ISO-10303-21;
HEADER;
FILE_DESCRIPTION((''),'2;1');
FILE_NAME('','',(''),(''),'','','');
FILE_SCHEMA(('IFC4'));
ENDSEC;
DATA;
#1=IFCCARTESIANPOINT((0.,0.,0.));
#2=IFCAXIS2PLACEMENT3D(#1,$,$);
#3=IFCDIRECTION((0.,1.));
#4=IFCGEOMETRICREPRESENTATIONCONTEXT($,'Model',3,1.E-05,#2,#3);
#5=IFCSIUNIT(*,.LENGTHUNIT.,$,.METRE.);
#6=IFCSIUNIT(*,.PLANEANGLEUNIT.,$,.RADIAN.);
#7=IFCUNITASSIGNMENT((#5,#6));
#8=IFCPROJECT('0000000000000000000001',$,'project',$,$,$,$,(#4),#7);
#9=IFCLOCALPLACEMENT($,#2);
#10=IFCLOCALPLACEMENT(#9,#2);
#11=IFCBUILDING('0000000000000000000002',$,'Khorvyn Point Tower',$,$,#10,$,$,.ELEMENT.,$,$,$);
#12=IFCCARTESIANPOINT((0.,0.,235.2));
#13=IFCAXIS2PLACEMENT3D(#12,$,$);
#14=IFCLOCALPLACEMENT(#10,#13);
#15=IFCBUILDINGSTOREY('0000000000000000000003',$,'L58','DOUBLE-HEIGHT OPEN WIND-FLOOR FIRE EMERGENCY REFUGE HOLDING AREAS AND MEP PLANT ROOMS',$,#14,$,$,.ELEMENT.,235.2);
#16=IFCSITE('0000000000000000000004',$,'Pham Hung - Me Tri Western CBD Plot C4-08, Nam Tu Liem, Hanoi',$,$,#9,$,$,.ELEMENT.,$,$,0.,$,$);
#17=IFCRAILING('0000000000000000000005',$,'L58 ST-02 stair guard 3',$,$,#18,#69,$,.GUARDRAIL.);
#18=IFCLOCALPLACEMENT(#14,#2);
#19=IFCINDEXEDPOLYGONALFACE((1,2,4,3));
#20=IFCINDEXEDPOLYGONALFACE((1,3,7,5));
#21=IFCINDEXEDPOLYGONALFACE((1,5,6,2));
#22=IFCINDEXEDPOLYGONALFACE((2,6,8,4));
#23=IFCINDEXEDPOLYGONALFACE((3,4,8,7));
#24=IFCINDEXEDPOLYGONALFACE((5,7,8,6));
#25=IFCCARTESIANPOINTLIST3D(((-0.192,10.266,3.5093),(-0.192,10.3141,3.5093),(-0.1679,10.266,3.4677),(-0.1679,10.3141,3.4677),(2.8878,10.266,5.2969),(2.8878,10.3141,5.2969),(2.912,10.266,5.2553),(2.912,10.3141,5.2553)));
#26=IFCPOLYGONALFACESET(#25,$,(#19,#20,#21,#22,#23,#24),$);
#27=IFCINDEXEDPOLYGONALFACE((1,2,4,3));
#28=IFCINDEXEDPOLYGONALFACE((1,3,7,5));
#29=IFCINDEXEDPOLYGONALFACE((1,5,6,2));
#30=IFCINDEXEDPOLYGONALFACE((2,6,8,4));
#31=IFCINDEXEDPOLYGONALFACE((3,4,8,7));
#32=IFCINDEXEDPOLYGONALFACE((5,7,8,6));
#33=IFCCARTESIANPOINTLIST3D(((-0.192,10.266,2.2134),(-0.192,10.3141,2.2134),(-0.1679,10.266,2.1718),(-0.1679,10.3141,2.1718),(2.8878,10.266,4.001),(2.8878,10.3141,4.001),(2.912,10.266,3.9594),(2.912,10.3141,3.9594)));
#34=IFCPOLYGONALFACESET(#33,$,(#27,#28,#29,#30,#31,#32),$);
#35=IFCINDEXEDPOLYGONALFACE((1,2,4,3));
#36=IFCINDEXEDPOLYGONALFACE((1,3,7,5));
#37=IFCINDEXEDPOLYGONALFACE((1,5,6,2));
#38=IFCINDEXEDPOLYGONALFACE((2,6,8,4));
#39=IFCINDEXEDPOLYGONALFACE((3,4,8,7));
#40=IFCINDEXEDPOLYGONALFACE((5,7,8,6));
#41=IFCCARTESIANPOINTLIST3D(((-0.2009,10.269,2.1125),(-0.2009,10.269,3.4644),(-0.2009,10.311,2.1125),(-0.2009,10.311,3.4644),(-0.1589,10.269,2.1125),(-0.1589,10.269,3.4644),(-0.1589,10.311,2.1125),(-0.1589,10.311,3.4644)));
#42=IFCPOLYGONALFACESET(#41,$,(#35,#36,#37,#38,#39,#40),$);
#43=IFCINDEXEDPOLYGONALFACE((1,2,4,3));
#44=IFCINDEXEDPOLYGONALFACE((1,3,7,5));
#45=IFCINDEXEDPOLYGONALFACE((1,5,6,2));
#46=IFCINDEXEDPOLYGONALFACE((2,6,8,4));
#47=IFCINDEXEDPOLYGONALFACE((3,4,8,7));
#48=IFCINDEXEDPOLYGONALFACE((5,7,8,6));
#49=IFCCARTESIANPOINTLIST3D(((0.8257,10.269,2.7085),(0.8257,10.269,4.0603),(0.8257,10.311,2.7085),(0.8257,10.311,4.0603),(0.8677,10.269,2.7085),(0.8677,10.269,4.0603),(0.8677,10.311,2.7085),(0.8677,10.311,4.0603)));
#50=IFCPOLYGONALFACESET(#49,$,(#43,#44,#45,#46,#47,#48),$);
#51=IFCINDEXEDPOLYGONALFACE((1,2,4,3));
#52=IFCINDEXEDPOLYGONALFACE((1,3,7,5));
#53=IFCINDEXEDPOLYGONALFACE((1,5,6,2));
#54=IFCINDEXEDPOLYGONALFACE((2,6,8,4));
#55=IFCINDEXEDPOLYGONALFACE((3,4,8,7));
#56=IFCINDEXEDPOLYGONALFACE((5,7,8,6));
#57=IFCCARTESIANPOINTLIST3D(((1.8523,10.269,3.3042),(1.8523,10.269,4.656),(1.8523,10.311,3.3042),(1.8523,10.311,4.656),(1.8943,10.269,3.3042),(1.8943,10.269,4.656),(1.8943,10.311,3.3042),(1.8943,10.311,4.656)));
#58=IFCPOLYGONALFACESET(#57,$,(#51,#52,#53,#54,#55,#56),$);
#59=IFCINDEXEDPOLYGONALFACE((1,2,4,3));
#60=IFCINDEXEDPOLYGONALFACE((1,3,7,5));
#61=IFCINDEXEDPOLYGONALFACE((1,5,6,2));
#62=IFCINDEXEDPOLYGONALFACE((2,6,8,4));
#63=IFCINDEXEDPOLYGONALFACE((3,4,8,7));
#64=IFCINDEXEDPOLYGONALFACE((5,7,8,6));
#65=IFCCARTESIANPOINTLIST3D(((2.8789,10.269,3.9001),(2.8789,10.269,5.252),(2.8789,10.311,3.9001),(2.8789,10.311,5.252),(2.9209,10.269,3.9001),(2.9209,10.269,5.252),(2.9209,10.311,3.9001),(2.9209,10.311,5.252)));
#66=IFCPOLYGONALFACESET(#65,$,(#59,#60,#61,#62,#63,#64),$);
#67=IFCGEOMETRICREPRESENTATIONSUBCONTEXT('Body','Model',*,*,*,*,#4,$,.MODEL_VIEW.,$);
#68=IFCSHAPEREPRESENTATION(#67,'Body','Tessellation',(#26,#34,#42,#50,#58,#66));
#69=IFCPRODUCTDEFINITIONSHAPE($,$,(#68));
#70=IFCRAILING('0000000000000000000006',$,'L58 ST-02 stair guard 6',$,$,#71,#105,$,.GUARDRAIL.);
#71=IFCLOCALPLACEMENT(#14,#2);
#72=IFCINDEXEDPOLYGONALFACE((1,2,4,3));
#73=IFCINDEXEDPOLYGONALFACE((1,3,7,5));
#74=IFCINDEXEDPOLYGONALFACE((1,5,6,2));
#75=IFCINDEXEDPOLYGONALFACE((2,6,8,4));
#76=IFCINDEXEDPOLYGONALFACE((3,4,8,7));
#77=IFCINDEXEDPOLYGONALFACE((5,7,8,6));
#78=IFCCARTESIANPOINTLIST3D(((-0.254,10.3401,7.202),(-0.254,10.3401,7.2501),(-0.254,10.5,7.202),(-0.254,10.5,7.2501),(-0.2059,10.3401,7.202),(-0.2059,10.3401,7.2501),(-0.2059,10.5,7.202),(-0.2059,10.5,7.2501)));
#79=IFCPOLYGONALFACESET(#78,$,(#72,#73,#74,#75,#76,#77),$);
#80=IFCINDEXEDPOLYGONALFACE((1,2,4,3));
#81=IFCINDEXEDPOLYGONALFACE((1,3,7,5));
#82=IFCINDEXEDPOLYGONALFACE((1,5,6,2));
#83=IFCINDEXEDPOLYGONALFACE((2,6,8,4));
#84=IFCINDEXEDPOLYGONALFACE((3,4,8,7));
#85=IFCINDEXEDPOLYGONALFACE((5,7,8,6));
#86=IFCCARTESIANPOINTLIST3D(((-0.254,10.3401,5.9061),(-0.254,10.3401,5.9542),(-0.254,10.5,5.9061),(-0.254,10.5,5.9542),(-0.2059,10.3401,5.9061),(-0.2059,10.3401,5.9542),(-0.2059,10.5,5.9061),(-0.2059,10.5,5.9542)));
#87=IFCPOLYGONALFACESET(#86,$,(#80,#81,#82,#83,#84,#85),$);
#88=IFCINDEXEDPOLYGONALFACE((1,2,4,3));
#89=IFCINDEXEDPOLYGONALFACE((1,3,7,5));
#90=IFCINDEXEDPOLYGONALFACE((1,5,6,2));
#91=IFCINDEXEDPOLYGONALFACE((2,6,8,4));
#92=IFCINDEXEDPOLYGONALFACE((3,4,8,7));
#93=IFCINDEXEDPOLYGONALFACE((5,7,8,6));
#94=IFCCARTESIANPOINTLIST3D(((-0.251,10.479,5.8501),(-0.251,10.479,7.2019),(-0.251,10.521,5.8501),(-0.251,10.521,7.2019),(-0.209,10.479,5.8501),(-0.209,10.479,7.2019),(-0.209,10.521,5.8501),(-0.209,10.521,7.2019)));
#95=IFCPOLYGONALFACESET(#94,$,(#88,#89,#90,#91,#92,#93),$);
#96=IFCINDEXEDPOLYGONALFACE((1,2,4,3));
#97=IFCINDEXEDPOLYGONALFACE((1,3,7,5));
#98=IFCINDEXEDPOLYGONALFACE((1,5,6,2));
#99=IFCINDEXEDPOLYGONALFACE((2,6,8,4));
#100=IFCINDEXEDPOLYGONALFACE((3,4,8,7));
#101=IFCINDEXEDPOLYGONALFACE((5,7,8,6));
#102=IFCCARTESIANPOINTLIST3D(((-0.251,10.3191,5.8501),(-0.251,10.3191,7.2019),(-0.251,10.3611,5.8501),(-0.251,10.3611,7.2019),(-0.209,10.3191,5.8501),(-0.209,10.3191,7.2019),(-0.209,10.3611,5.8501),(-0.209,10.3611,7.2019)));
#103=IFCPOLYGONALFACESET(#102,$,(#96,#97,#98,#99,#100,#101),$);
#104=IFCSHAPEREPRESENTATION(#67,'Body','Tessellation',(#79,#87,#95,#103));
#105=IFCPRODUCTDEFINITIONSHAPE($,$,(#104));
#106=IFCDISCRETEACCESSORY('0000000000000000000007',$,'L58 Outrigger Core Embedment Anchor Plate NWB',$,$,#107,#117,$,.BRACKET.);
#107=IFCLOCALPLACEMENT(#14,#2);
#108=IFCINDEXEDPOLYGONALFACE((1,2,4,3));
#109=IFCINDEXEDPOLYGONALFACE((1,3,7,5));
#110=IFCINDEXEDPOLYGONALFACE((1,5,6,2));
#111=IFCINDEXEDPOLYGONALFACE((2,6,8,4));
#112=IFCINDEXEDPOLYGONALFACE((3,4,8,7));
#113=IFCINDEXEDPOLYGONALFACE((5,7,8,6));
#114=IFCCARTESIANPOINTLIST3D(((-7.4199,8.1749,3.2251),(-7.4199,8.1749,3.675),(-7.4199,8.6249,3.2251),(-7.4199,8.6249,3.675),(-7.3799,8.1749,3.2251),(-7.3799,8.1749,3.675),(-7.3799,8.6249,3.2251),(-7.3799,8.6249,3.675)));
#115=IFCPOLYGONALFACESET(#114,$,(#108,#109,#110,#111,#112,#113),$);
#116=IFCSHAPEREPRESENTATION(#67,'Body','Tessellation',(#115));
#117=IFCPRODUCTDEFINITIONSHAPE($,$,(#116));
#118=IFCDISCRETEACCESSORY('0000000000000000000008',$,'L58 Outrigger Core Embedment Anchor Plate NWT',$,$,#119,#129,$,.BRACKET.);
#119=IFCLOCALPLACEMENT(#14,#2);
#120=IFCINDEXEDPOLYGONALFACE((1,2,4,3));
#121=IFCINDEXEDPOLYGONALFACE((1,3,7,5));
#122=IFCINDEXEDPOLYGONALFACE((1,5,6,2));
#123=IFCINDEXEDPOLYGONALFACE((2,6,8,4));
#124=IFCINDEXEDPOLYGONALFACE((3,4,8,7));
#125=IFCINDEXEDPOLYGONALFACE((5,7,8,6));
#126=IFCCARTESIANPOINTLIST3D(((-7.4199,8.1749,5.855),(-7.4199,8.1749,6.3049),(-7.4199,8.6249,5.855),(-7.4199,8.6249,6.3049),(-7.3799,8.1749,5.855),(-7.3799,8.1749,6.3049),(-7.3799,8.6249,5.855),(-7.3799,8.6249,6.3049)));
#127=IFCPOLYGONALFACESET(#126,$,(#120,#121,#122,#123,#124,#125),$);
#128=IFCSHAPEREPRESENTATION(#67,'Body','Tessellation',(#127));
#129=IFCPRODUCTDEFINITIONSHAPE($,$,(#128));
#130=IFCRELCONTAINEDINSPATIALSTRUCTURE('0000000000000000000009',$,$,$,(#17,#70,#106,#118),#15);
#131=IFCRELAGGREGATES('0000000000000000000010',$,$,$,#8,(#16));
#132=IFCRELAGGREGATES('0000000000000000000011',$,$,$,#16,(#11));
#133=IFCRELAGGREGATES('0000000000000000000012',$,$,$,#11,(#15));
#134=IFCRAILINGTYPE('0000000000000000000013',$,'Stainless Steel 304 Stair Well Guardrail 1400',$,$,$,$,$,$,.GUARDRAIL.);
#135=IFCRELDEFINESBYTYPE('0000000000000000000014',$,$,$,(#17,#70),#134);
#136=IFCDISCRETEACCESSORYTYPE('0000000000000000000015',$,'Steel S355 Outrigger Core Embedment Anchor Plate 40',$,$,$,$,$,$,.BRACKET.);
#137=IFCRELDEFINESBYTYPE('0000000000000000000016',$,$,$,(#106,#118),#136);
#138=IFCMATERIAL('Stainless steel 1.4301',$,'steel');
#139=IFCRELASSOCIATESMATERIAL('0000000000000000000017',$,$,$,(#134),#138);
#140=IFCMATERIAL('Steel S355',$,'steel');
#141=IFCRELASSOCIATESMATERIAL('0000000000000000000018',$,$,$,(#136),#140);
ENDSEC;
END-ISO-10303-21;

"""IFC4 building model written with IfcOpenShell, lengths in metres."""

from ifc_helpers import new_model, si_unit, direction, frame, origin, origin_2d, place, context, subcontext, project, spatial, rectangle, extrude, material, type_object, element, save


model = new_model("IFC4")

# Units and contexts
model_context = context("Model", 3, precision=1e-05, world=origin(), true_north=direction((0.0, 1.0)))
body_context = subcontext(model_context, "Body", "Model", "MODEL_VIEW")
ifc_project = project(units=[si_unit("LENGTHUNIT", "METRE"), si_unit("PLANEANGLEUNIT", "RADIAN")], contexts=[model_context])

# Site, building, storey
site_placement = place(None, origin())
site = spatial("IfcSite", under=ifc_project, at=site_placement, Name="Pham Hung - Me Tri Western CBD Plot C4-08, Nam Tu Liem, Hanoi", CompositionType="ELEMENT", RefElevation=0.0)
building_placement = place(site_placement, origin())
building = spatial("IfcBuilding", under=site, at=building_placement, Name="Khorvyn Point Tower", CompositionType="ELEMENT")
storey_placement = place(building_placement, frame((0.0, 0.0, 235.2)))
storey = spatial("IfcBuildingStorey", under=building, at=storey_placement, Name="L58", Description="DOUBLE-HEIGHT OPEN WIND-FLOOR FIRE EMERGENCY REFUGE HOLDING AREAS AND MEP PLANT ROOMS", CompositionType="ELEMENT", Elevation=235.2)

# Shared definitions
ifc_material_1 = material(Name="Steel S355", Category="steel")

# Railings
ifc_material_2 = material(Name="Stainless steel 1.4301", Category="steel")
railing_type_1 = type_object("IfcRailingType", Name="Stainless Steel 304 Stair Well Guardrail 1400", PredefinedType="GUARDRAIL", material=ifc_material_2)
railing_1_placement = place(storey_placement, frame((-0.1799, 10.29, 2.1125)))
element("IfcRailing", 1, at=railing_1_placement, inside=storey, type_object=railing_type_1, Name="L58 ST-02 stair guard 3", PredefinedType="GUARDRAIL", context=body_context, shape_type="SweptSolid", body=[
    extrude(rectangle(XDim=0.0481, YDim=0.0481, at=origin_2d()), frame((0.0, 0.0, 1.376), z_axis=(0.864873, 0.0, 0.50199), x_axis=(0.0, 1.0, 0.0)), (0.0, 0.0, 1.0), 3.561),
    extrude(rectangle(XDim=0.0481, YDim=0.0481, at=origin_2d()), frame((0.0, 0.0, 0.0801), z_axis=(0.864873, 0.0, 0.50199), x_axis=(0.0, 1.0, 0.0)), (0.0, 0.0, 1.0), 3.561),
    extrude(rectangle(XDim=0.042, YDim=0.042, at=origin_2d()), origin(), (0.0, 0.0, 1.0), 1.3518),
    extrude(rectangle(XDim=0.042, YDim=0.042, at=origin_2d()), frame((1.0266, 0.0, 0.5959)), (0.0, 0.0, 1.0), 1.3518),
    extrude(rectangle(XDim=0.042, YDim=0.042, at=origin_2d()), frame((2.0532, 0.0, 1.1917)), (0.0, 0.0, 1.0), 1.3518),
    extrude(rectangle(XDim=0.042, YDim=0.042, at=origin_2d()), frame((3.0798, 0.0, 1.7876)), (0.0, 0.0, 1.0), 1.3518),
])
railing_2_placement = place(storey_placement, frame((-0.23, 10.5, 5.8501)))
element("IfcRailing", 2, at=railing_2_placement, inside=storey, type_object=railing_type_1, Name="L58 ST-02 stair guard 6", PredefinedType="GUARDRAIL", context=body_context, shape_type="SweptSolid", body=[
    extrude(rectangle(XDim=0.0481, YDim=0.0481, at=origin_2d()), frame((0.0, 0.0, 1.376), z_axis=(0.0, -1.0, 0.0), x_axis=(1.0, 0.0, 0.0)), (0.0, 0.0, 1.0), 0.1599),
    extrude(rectangle(XDim=0.0481, YDim=0.0481, at=origin_2d()), frame((0.0, 0.0, 0.0801), z_axis=(0.0, -1.0, 0.0), x_axis=(1.0, 0.0, 0.0)), (0.0, 0.0, 1.0), 0.1599),
    extrude(rectangle(XDim=0.042, YDim=0.042, at=origin_2d()), origin(), (0.0, 0.0, 1.0), 1.3518),
    extrude(rectangle(XDim=0.042, YDim=0.042, at=origin_2d()), frame((0.0, -0.1599, 0.0)), (0.0, 0.0, 1.0), 1.3518),
])

# Discrete accessories
discrete_accessory_type = type_object("IfcDiscreteAccessoryType", Name="Steel S355 Outrigger Core Embedment Anchor Plate 40", PredefinedType="BRACKET", material=ifc_material_1)
for number, where, z_axis, x_axis, name in (
    (3, (-7.3999, 8.3999, 3.2251), (0.0, 0.0, 1.0), (1.0, 0.0, 0.0), "L58 Outrigger Core Embedment Anchor Plate NWB"),
    (4, (-7.3999, 8.3999, 5.855), (0.0, 0.0, 1.0), (1.0, 0.0, 0.0), "L58 Outrigger Core Embedment Anchor Plate NWT"),
):
    element("IfcDiscreteAccessory", number, at=place(storey_placement, frame(where, z_axis=z_axis, x_axis=x_axis)), inside=storey, type_object=discrete_accessory_type, Name=name, PredefinedType="BRACKET", context=body_context, shape_type="SweptSolid", body=[
        extrude(rectangle(XDim=0.04, YDim=0.45, at=origin_2d()), origin(), (0.0, 0.0, 1.0), 0.45),
    ])

save(model, "model.ifc")
